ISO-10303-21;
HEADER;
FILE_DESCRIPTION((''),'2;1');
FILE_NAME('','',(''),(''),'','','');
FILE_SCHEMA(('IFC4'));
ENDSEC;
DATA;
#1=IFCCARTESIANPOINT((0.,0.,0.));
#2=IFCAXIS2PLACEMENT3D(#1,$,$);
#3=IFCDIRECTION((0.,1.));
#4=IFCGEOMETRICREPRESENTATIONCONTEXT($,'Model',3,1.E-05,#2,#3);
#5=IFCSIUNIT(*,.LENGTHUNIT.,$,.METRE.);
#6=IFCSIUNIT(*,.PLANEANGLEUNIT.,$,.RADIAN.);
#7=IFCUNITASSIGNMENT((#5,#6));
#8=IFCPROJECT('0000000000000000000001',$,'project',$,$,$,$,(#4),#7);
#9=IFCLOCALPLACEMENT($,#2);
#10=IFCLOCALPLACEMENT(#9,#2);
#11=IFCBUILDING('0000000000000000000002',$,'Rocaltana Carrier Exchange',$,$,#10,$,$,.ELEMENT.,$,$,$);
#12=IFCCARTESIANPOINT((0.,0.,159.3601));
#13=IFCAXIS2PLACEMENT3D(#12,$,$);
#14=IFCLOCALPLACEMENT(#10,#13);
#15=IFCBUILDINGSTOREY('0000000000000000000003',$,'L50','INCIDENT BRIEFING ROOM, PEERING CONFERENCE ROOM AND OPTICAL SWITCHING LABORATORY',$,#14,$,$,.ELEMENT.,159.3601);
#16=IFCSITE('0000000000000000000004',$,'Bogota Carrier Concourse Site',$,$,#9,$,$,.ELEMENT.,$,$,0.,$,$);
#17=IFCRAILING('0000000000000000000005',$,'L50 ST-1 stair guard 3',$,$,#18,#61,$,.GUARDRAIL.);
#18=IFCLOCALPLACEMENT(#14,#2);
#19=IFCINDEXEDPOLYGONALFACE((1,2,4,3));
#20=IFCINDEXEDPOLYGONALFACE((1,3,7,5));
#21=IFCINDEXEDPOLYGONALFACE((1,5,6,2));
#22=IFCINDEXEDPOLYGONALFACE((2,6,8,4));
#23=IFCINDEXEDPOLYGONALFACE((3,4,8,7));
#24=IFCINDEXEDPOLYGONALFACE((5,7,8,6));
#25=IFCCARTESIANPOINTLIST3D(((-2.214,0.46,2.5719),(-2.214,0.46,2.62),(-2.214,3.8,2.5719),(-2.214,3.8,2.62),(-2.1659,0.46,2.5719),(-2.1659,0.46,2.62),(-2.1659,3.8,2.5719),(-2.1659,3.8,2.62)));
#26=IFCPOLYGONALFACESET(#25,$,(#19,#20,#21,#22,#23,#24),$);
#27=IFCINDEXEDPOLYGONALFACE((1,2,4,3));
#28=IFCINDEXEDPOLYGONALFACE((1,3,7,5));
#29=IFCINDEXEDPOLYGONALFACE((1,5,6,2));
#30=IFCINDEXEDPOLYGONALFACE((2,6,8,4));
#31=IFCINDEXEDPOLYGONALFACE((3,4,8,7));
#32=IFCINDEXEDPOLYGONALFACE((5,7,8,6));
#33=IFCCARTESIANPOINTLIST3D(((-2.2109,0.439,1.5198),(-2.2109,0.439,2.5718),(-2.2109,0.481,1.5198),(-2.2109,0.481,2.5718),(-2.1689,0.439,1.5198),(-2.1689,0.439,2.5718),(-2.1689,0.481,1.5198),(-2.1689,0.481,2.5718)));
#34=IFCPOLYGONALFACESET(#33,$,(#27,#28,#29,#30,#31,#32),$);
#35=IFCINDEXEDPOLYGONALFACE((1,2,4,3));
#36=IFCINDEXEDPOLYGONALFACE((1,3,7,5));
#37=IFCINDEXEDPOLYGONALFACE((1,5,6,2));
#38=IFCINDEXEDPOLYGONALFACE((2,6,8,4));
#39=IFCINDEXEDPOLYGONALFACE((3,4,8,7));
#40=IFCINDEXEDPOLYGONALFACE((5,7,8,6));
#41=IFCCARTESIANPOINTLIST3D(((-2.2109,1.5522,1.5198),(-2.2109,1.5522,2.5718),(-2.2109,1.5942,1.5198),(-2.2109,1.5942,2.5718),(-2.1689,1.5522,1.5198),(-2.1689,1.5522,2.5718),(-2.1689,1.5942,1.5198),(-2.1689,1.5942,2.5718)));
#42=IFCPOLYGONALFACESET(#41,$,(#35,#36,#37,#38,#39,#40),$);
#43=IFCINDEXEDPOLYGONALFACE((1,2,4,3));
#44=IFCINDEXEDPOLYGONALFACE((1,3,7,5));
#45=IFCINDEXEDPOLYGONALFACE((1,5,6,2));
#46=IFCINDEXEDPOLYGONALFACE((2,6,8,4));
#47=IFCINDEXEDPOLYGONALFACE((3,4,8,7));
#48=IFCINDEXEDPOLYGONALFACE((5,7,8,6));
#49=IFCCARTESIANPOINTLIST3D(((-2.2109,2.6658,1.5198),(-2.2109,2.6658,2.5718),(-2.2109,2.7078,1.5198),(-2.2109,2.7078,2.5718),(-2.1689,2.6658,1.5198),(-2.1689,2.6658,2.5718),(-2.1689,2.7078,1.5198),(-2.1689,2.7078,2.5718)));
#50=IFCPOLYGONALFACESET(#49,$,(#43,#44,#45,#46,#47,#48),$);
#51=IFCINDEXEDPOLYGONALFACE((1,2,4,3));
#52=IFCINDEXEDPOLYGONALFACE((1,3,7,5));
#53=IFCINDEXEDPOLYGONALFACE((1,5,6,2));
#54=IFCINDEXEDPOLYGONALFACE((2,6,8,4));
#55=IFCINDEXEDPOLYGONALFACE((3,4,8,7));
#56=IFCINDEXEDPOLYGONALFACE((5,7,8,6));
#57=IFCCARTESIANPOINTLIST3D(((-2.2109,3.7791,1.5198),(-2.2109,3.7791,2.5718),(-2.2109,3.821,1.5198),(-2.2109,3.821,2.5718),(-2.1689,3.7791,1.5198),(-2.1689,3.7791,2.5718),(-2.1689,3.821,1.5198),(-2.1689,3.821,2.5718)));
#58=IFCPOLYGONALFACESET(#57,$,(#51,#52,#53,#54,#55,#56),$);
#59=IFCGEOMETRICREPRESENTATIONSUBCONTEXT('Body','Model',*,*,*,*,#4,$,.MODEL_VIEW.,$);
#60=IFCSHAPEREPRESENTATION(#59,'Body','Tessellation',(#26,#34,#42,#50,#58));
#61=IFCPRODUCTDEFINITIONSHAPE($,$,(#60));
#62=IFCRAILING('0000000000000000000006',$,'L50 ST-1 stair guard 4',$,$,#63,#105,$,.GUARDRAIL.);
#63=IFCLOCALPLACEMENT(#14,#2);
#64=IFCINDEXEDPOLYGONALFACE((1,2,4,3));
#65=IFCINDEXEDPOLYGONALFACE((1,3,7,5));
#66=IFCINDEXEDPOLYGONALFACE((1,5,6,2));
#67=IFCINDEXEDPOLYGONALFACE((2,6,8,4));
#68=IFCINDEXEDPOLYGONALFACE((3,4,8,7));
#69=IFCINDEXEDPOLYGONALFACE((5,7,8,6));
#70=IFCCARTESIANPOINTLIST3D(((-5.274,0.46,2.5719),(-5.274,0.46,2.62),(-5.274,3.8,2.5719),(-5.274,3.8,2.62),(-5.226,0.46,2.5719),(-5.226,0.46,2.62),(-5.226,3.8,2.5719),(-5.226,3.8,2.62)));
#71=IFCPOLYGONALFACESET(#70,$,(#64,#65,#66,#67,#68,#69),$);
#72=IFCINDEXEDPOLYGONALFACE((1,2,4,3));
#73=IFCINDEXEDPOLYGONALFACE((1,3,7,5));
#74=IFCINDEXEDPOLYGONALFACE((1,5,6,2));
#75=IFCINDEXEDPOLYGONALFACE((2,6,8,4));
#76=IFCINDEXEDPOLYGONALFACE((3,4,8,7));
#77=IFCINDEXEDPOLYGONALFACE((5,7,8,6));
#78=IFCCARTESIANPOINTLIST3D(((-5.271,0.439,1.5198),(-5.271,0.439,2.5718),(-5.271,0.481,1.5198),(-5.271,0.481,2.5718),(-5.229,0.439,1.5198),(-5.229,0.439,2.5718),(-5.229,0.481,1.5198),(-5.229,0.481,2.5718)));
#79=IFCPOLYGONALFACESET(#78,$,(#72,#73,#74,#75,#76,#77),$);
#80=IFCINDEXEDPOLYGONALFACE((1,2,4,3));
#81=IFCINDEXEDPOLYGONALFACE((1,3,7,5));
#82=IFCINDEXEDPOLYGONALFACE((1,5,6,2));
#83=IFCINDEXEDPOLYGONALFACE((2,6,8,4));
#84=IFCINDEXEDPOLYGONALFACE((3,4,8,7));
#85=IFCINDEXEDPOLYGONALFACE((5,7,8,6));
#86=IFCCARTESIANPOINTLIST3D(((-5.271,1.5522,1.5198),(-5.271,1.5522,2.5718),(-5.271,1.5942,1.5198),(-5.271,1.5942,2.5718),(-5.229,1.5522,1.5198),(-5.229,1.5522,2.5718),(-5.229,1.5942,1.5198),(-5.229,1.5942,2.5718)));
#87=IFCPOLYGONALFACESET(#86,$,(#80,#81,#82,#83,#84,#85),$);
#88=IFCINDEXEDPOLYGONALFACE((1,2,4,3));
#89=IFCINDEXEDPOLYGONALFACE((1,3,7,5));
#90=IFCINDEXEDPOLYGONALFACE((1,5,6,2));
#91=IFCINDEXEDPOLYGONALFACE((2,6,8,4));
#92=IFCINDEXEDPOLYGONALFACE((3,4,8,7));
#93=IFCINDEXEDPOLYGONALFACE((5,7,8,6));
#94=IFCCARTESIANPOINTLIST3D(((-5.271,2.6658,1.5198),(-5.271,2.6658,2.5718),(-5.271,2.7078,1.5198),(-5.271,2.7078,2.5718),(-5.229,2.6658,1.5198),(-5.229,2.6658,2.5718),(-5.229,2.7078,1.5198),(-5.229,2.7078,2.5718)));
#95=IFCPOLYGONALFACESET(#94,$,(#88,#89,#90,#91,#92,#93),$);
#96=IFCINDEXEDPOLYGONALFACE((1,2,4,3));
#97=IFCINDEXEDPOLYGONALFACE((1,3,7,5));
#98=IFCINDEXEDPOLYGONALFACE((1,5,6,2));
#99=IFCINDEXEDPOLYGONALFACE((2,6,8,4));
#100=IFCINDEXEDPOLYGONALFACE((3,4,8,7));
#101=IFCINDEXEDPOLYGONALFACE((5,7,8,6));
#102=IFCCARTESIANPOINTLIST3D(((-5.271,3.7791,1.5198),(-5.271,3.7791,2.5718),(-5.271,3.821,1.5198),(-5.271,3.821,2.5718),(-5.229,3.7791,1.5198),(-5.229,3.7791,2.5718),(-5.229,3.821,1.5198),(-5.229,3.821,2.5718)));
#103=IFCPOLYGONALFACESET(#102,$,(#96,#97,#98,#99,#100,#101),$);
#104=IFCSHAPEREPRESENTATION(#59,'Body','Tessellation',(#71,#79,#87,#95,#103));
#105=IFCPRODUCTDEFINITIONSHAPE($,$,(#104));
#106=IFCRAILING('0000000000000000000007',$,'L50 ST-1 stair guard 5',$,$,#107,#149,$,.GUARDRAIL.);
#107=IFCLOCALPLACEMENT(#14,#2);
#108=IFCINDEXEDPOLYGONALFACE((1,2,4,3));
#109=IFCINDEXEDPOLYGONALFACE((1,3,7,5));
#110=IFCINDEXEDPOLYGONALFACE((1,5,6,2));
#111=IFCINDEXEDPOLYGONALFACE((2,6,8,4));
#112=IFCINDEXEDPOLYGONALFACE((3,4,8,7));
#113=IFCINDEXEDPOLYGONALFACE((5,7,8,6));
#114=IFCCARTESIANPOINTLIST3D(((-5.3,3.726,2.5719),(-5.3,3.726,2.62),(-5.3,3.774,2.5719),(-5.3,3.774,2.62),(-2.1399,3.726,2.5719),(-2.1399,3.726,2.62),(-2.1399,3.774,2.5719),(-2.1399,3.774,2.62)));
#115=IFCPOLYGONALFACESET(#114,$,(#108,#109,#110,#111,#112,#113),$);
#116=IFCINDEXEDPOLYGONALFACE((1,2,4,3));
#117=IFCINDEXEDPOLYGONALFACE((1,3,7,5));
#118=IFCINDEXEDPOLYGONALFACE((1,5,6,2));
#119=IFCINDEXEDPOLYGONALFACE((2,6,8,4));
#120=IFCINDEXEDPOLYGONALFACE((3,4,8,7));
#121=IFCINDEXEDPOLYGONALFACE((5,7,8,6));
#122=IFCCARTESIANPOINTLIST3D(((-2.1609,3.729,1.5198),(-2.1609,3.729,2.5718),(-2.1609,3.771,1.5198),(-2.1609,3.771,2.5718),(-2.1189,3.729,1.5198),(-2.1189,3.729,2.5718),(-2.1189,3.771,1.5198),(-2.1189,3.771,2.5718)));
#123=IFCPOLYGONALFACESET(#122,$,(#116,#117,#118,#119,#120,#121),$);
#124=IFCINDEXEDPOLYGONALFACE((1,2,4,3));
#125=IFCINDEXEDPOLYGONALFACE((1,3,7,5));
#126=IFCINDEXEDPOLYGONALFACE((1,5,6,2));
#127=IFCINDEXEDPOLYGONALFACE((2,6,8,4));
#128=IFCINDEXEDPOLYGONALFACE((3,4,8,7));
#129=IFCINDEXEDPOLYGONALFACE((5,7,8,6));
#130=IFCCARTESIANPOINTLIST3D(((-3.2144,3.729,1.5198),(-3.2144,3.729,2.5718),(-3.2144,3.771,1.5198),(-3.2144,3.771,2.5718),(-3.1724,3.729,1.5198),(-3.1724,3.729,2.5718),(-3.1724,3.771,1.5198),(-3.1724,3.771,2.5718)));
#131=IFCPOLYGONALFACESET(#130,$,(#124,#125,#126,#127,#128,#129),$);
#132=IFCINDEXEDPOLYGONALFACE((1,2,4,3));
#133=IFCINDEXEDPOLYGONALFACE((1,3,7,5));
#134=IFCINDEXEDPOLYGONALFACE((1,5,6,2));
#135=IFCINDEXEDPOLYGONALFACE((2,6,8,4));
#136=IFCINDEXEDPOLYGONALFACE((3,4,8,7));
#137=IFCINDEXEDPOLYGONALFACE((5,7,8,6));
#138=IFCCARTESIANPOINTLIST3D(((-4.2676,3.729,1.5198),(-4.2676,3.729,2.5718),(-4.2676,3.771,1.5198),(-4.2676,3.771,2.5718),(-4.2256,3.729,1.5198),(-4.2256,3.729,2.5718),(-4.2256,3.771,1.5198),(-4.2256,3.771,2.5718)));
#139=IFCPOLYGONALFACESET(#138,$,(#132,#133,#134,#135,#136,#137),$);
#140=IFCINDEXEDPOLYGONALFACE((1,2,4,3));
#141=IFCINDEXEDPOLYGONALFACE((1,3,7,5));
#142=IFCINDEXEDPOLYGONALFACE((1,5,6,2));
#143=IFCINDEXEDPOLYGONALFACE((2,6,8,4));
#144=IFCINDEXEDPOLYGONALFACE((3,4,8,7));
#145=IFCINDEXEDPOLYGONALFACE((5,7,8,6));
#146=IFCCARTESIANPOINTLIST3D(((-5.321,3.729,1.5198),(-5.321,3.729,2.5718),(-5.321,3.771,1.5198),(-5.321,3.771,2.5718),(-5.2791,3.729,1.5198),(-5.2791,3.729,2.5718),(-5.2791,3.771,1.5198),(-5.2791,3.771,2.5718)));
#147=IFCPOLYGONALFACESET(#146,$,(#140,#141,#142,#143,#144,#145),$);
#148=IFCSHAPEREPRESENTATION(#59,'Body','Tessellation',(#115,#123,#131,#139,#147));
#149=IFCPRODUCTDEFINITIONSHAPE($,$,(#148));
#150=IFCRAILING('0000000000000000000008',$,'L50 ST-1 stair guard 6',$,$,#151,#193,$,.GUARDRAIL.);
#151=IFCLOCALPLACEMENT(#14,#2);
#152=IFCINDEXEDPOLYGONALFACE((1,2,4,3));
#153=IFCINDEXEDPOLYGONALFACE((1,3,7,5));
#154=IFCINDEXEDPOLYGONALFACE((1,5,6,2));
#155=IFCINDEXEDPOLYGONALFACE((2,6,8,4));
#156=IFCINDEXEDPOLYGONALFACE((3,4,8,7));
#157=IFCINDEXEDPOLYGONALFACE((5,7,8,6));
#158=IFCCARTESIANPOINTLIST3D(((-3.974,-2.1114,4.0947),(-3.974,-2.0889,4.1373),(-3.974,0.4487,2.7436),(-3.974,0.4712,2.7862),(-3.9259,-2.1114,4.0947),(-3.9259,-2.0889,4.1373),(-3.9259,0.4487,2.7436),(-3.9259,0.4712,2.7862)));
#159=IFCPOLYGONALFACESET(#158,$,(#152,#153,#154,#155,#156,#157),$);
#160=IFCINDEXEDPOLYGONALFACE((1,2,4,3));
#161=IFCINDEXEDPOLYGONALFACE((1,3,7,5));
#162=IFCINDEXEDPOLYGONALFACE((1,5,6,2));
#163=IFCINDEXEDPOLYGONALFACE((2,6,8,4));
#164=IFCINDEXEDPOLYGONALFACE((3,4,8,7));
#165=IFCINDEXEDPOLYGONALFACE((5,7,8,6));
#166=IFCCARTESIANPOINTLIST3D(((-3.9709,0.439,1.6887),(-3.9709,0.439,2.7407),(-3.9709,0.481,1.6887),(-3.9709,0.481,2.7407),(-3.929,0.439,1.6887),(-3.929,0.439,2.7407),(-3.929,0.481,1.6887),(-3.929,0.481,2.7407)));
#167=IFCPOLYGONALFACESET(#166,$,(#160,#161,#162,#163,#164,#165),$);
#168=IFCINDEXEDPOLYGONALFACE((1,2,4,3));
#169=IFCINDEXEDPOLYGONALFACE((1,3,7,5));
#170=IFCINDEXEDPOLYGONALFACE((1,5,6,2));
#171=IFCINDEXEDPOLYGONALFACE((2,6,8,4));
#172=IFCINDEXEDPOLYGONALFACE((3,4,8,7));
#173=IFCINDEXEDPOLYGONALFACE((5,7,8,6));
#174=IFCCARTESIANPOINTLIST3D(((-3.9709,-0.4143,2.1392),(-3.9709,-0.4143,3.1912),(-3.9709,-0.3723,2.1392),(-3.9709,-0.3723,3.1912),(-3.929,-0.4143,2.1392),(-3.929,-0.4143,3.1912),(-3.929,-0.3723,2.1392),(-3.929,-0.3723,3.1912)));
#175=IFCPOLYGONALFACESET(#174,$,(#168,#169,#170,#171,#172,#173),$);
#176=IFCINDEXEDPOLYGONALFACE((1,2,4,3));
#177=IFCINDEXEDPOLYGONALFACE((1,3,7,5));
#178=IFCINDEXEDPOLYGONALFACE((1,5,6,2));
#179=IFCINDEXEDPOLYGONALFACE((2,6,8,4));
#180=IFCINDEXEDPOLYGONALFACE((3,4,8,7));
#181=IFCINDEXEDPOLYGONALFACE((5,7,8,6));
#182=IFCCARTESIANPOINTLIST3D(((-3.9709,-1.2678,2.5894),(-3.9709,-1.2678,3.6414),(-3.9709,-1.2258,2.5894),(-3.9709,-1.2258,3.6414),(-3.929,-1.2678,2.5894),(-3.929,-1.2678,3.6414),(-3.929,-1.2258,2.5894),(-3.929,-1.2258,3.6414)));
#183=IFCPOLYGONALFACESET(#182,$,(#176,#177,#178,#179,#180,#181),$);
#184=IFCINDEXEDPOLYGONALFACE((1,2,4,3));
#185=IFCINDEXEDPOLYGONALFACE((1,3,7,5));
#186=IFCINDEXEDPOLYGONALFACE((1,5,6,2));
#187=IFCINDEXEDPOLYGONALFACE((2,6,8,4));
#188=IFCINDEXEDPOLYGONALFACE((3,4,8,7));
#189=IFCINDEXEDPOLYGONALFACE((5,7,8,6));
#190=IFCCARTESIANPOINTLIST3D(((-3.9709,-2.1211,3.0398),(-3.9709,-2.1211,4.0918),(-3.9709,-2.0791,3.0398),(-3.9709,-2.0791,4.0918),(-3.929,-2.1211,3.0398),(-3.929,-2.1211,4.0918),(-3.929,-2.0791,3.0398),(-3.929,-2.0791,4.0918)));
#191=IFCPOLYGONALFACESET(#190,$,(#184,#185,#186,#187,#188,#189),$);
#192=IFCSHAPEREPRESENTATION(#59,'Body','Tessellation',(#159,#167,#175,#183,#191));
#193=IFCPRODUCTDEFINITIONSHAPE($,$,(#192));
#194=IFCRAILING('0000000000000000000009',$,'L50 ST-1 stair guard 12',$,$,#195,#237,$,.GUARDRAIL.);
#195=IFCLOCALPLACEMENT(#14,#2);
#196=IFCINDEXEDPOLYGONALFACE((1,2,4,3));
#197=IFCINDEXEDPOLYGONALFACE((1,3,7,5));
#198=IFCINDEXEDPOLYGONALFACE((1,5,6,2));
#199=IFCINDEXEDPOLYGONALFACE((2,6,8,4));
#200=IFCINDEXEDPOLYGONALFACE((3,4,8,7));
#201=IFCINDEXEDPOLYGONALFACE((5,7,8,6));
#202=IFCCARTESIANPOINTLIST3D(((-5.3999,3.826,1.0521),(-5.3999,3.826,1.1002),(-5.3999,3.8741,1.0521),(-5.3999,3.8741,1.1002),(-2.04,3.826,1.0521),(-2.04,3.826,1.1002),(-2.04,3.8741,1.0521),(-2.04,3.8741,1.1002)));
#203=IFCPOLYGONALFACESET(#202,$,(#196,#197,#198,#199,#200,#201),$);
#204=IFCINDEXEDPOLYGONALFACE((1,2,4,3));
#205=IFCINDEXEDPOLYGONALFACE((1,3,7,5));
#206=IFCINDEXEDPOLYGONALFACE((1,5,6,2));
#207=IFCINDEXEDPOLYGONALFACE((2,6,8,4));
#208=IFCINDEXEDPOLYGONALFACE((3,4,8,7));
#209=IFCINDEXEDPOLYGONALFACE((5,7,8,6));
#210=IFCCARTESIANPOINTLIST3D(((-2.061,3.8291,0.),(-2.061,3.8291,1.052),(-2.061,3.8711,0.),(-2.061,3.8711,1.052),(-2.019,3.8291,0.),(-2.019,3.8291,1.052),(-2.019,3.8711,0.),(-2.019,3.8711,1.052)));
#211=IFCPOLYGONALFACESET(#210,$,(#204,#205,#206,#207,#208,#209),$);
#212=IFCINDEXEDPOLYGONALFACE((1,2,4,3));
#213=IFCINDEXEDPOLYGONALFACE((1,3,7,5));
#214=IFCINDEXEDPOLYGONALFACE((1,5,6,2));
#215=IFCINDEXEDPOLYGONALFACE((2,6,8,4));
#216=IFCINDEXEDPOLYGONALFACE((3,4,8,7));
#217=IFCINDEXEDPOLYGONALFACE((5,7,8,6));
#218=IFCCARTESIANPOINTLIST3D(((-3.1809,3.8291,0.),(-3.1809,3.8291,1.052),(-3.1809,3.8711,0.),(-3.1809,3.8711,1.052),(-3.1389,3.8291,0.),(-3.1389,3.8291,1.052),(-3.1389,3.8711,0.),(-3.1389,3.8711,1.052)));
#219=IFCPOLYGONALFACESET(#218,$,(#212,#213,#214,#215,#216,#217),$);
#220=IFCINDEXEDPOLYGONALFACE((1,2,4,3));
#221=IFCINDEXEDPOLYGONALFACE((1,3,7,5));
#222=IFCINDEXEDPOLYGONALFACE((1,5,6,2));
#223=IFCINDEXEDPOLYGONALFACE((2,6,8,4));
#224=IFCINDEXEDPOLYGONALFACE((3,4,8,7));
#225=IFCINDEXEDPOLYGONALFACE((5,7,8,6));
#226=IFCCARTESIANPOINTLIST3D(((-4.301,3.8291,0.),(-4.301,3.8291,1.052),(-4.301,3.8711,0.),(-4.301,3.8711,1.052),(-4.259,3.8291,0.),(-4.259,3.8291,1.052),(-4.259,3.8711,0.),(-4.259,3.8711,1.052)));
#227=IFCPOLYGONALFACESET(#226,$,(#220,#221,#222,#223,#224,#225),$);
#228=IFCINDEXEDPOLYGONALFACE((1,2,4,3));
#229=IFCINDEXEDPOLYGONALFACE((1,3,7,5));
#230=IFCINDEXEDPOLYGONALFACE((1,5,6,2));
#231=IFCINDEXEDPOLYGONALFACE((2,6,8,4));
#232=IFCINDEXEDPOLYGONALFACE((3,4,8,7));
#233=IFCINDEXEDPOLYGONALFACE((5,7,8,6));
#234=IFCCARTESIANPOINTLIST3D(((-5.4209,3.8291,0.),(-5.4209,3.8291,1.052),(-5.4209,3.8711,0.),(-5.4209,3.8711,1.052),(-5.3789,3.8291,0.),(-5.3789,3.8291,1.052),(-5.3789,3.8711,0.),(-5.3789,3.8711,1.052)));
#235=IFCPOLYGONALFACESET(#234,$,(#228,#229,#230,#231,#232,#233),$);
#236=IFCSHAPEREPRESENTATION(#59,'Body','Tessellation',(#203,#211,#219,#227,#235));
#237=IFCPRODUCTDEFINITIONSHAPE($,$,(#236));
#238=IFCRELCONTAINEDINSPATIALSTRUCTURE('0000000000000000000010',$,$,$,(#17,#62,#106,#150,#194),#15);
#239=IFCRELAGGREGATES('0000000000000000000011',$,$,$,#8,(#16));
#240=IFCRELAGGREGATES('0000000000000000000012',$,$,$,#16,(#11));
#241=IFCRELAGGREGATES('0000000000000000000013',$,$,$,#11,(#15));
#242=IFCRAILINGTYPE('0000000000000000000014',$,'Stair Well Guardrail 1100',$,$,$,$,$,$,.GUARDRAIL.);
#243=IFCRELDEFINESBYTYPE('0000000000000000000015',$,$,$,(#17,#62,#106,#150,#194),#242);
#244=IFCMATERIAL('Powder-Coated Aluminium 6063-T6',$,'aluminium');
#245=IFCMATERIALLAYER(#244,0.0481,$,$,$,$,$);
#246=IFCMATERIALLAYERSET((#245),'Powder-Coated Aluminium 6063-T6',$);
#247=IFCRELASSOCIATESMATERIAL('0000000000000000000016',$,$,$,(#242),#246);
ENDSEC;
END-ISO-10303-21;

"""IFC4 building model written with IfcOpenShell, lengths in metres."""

from ifc_helpers import new_model, si_unit, direction, frame, origin, origin_2d, place, context, subcontext, project, spatial, rectangle, extrude, material, layer, layer_set, type_object, element, save


model = new_model("IFC4")

# Units and contexts
model_context = context("Model", 3, precision=1e-05, world=origin(), true_north=direction((0.0, 1.0)))
body_context = subcontext(model_context, "Body", "Model", "MODEL_VIEW")
ifc_project = project(units=[si_unit("LENGTHUNIT", "METRE"), si_unit("PLANEANGLEUNIT", "RADIAN")], contexts=[model_context])

# Site, building, storey
site_placement = place(None, origin())
site = spatial("IfcSite", under=ifc_project, at=site_placement, Name="Bogota Carrier Concourse Site", CompositionType="ELEMENT", RefElevation=0.0)
building_placement = place(site_placement, origin())
building = spatial("IfcBuilding", under=site, at=building_placement, Name="Rocaltana Carrier Exchange", CompositionType="ELEMENT")
storey_placement = place(building_placement, frame((0.0, 0.0, 159.3601)))
storey = spatial("IfcBuildingStorey", under=building, at=storey_placement, Name="L50", Description="INCIDENT BRIEFING ROOM, PEERING CONFERENCE ROOM AND OPTICAL SWITCHING LABORATORY", CompositionType="ELEMENT", Elevation=159.3601)

# Railings
ifc_material_1 = material(Name="Powder-Coated Aluminium 6063-T6", Category="aluminium")
ifc_layer_1 = layer(ifc_material_1, 0.0481)
ifc_layer_set_1 = layer_set([ifc_layer_1], Name="Powder-Coated Aluminium 6063-T6")
railing_type_1 = type_object("IfcRailingType", Name="Stair Well Guardrail 1100", PredefinedType="GUARDRAIL", material=ifc_layer_set_1)
for number, where, name in (
    (1, (-2.1899, 0.46, 1.5198), "L50 ST-1 stair guard 3"),
    (2, (-5.25, 0.46, 1.5198), "L50 ST-1 stair guard 4"),
):
    element("IfcRailing", number, at=place(storey_placement, frame(where)), inside=storey, type_object=railing_type_1, Name=name, PredefinedType="GUARDRAIL", context=body_context, shape_type="SweptSolid", body=[
        extrude(rectangle(XDim=0.0481, YDim=0.0481, at=origin_2d()), frame((0.0, 0.0, 1.0762), z_axis=(0.0, 1.0, 0.0), x_axis=(-1.0, 0.0, 0.0)), (0.0, 0.0, 1.0), 3.3401),
        extrude(rectangle(XDim=0.042, YDim=0.042, at=origin_2d()), origin(), (0.0, 0.0, 1.0), 1.052),
        extrude(rectangle(XDim=0.042, YDim=0.042, at=origin_2d()), frame((0.0, 1.1133, 0.0)), (0.0, 0.0, 1.0), 1.052),
        extrude(rectangle(XDim=0.042, YDim=0.042, at=origin_2d()), frame((0.0, 2.2268, 0.0)), (0.0, 0.0, 1.0), 1.052),
        extrude(rectangle(XDim=0.042, YDim=0.042, at=origin_2d()), frame((0.0, 3.3401, 0.0)), (0.0, 0.0, 1.0), 1.052),
    ])
railing_1_placement = place(storey_placement, frame((-2.1399, 3.75, 1.5198)))
element("IfcRailing", 3, at=railing_1_placement, inside=storey, type_object=railing_type_1, Name="L50 ST-1 stair guard 5", PredefinedType="GUARDRAIL", context=body_context, shape_type="SweptSolid", body=[
    extrude(rectangle(XDim=0.0481, YDim=0.0481, at=origin_2d()), frame((0.0, 0.0, 1.0762), z_axis=(-1.0, 0.0, 0.0), x_axis=(0.0, -1.0, 0.0)), (0.0, 0.0, 1.0), 3.1602),
    extrude(rectangle(XDim=0.042, YDim=0.042, at=origin_2d()), origin(), (0.0, 0.0, 1.0), 1.052),
    extrude(rectangle(XDim=0.042, YDim=0.042, at=origin_2d()), frame((-1.0535, 0.0, 0.0)), (0.0, 0.0, 1.0), 1.052),
    extrude(rectangle(XDim=0.042, YDim=0.042, at=origin_2d()), frame((-2.1067, 0.0, 0.0)), (0.0, 0.0, 1.0), 1.052),
    extrude(rectangle(XDim=0.042, YDim=0.042, at=origin_2d()), frame((-3.1602, 0.0, 0.0)), (0.0, 0.0, 1.0), 1.052),
])
railing_2_placement = place(storey_placement, frame((-3.95, 0.46, 1.6887)))
element("IfcRailing", 4, at=railing_2_placement, inside=storey, type_object=railing_type_1, Name="L50 ST-1 stair guard 6", PredefinedType="GUARDRAIL", context=body_context, shape_type="SweptSolid", body=[
    extrude(rectangle(XDim=0.0481, YDim=0.0481, at=origin_2d()), frame((0.0, 0.0, 1.0762), z_axis=(0.0, -0.884394, 0.46674), x_axis=(1.0, 0.0, 0.0)), (0.0, 0.0, 1.0), 2.8948),
    extrude(rectangle(XDim=0.042, YDim=0.042, at=origin_2d()), origin(), (0.0, 0.0, 1.0), 1.052),
    extrude(rectangle(XDim=0.042, YDim=0.042, at=origin_2d()), frame((0.0, -0.8533, 0.4504)), (0.0, 0.0, 1.0), 1.052),
    extrude(rectangle(XDim=0.042, YDim=0.042, at=origin_2d()), frame((0.0, -1.7068, 0.9006)), (0.0, 0.0, 1.0), 1.052),
    extrude(rectangle(XDim=0.042, YDim=0.042, at=origin_2d()), frame((0.0, -2.5601, 1.3511)), (0.0, 0.0, 1.0), 1.052),
])
railing_3_placement = place(storey_placement, frame((-2.04, 3.8501, 0.0)))
element("IfcRailing", 5, at=railing_3_placement, inside=storey, type_object=railing_type_1, Name="L50 ST-1 stair guard 12", PredefinedType="GUARDRAIL", context=body_context, shape_type="SweptSolid", body=[
    extrude(rectangle(XDim=0.0481, YDim=0.0481, at=origin_2d()), frame((0.0, 0.0, 1.0762), z_axis=(-1.0, 0.0, 0.0), x_axis=(0.0, -1.0, 0.0)), (0.0, 0.0, 1.0), 3.3599),
    extrude(rectangle(XDim=0.042, YDim=0.042, at=origin_2d()), origin(), (0.0, 0.0, 1.0), 1.052),
    extrude(rectangle(XDim=0.042, YDim=0.042, at=origin_2d()), frame((-1.1199, 0.0, 0.0)), (0.0, 0.0, 1.0), 1.052),
    extrude(rectangle(XDim=0.042, YDim=0.042, at=origin_2d()), frame((-2.24, 0.0, 0.0)), (0.0, 0.0, 1.0), 1.052),
    extrude(rectangle(XDim=0.042, YDim=0.042, at=origin_2d()), frame((-3.3599, 0.0, 0.0)), (0.0, 0.0, 1.0), 1.052),
])

save(model, "model.ifc")
